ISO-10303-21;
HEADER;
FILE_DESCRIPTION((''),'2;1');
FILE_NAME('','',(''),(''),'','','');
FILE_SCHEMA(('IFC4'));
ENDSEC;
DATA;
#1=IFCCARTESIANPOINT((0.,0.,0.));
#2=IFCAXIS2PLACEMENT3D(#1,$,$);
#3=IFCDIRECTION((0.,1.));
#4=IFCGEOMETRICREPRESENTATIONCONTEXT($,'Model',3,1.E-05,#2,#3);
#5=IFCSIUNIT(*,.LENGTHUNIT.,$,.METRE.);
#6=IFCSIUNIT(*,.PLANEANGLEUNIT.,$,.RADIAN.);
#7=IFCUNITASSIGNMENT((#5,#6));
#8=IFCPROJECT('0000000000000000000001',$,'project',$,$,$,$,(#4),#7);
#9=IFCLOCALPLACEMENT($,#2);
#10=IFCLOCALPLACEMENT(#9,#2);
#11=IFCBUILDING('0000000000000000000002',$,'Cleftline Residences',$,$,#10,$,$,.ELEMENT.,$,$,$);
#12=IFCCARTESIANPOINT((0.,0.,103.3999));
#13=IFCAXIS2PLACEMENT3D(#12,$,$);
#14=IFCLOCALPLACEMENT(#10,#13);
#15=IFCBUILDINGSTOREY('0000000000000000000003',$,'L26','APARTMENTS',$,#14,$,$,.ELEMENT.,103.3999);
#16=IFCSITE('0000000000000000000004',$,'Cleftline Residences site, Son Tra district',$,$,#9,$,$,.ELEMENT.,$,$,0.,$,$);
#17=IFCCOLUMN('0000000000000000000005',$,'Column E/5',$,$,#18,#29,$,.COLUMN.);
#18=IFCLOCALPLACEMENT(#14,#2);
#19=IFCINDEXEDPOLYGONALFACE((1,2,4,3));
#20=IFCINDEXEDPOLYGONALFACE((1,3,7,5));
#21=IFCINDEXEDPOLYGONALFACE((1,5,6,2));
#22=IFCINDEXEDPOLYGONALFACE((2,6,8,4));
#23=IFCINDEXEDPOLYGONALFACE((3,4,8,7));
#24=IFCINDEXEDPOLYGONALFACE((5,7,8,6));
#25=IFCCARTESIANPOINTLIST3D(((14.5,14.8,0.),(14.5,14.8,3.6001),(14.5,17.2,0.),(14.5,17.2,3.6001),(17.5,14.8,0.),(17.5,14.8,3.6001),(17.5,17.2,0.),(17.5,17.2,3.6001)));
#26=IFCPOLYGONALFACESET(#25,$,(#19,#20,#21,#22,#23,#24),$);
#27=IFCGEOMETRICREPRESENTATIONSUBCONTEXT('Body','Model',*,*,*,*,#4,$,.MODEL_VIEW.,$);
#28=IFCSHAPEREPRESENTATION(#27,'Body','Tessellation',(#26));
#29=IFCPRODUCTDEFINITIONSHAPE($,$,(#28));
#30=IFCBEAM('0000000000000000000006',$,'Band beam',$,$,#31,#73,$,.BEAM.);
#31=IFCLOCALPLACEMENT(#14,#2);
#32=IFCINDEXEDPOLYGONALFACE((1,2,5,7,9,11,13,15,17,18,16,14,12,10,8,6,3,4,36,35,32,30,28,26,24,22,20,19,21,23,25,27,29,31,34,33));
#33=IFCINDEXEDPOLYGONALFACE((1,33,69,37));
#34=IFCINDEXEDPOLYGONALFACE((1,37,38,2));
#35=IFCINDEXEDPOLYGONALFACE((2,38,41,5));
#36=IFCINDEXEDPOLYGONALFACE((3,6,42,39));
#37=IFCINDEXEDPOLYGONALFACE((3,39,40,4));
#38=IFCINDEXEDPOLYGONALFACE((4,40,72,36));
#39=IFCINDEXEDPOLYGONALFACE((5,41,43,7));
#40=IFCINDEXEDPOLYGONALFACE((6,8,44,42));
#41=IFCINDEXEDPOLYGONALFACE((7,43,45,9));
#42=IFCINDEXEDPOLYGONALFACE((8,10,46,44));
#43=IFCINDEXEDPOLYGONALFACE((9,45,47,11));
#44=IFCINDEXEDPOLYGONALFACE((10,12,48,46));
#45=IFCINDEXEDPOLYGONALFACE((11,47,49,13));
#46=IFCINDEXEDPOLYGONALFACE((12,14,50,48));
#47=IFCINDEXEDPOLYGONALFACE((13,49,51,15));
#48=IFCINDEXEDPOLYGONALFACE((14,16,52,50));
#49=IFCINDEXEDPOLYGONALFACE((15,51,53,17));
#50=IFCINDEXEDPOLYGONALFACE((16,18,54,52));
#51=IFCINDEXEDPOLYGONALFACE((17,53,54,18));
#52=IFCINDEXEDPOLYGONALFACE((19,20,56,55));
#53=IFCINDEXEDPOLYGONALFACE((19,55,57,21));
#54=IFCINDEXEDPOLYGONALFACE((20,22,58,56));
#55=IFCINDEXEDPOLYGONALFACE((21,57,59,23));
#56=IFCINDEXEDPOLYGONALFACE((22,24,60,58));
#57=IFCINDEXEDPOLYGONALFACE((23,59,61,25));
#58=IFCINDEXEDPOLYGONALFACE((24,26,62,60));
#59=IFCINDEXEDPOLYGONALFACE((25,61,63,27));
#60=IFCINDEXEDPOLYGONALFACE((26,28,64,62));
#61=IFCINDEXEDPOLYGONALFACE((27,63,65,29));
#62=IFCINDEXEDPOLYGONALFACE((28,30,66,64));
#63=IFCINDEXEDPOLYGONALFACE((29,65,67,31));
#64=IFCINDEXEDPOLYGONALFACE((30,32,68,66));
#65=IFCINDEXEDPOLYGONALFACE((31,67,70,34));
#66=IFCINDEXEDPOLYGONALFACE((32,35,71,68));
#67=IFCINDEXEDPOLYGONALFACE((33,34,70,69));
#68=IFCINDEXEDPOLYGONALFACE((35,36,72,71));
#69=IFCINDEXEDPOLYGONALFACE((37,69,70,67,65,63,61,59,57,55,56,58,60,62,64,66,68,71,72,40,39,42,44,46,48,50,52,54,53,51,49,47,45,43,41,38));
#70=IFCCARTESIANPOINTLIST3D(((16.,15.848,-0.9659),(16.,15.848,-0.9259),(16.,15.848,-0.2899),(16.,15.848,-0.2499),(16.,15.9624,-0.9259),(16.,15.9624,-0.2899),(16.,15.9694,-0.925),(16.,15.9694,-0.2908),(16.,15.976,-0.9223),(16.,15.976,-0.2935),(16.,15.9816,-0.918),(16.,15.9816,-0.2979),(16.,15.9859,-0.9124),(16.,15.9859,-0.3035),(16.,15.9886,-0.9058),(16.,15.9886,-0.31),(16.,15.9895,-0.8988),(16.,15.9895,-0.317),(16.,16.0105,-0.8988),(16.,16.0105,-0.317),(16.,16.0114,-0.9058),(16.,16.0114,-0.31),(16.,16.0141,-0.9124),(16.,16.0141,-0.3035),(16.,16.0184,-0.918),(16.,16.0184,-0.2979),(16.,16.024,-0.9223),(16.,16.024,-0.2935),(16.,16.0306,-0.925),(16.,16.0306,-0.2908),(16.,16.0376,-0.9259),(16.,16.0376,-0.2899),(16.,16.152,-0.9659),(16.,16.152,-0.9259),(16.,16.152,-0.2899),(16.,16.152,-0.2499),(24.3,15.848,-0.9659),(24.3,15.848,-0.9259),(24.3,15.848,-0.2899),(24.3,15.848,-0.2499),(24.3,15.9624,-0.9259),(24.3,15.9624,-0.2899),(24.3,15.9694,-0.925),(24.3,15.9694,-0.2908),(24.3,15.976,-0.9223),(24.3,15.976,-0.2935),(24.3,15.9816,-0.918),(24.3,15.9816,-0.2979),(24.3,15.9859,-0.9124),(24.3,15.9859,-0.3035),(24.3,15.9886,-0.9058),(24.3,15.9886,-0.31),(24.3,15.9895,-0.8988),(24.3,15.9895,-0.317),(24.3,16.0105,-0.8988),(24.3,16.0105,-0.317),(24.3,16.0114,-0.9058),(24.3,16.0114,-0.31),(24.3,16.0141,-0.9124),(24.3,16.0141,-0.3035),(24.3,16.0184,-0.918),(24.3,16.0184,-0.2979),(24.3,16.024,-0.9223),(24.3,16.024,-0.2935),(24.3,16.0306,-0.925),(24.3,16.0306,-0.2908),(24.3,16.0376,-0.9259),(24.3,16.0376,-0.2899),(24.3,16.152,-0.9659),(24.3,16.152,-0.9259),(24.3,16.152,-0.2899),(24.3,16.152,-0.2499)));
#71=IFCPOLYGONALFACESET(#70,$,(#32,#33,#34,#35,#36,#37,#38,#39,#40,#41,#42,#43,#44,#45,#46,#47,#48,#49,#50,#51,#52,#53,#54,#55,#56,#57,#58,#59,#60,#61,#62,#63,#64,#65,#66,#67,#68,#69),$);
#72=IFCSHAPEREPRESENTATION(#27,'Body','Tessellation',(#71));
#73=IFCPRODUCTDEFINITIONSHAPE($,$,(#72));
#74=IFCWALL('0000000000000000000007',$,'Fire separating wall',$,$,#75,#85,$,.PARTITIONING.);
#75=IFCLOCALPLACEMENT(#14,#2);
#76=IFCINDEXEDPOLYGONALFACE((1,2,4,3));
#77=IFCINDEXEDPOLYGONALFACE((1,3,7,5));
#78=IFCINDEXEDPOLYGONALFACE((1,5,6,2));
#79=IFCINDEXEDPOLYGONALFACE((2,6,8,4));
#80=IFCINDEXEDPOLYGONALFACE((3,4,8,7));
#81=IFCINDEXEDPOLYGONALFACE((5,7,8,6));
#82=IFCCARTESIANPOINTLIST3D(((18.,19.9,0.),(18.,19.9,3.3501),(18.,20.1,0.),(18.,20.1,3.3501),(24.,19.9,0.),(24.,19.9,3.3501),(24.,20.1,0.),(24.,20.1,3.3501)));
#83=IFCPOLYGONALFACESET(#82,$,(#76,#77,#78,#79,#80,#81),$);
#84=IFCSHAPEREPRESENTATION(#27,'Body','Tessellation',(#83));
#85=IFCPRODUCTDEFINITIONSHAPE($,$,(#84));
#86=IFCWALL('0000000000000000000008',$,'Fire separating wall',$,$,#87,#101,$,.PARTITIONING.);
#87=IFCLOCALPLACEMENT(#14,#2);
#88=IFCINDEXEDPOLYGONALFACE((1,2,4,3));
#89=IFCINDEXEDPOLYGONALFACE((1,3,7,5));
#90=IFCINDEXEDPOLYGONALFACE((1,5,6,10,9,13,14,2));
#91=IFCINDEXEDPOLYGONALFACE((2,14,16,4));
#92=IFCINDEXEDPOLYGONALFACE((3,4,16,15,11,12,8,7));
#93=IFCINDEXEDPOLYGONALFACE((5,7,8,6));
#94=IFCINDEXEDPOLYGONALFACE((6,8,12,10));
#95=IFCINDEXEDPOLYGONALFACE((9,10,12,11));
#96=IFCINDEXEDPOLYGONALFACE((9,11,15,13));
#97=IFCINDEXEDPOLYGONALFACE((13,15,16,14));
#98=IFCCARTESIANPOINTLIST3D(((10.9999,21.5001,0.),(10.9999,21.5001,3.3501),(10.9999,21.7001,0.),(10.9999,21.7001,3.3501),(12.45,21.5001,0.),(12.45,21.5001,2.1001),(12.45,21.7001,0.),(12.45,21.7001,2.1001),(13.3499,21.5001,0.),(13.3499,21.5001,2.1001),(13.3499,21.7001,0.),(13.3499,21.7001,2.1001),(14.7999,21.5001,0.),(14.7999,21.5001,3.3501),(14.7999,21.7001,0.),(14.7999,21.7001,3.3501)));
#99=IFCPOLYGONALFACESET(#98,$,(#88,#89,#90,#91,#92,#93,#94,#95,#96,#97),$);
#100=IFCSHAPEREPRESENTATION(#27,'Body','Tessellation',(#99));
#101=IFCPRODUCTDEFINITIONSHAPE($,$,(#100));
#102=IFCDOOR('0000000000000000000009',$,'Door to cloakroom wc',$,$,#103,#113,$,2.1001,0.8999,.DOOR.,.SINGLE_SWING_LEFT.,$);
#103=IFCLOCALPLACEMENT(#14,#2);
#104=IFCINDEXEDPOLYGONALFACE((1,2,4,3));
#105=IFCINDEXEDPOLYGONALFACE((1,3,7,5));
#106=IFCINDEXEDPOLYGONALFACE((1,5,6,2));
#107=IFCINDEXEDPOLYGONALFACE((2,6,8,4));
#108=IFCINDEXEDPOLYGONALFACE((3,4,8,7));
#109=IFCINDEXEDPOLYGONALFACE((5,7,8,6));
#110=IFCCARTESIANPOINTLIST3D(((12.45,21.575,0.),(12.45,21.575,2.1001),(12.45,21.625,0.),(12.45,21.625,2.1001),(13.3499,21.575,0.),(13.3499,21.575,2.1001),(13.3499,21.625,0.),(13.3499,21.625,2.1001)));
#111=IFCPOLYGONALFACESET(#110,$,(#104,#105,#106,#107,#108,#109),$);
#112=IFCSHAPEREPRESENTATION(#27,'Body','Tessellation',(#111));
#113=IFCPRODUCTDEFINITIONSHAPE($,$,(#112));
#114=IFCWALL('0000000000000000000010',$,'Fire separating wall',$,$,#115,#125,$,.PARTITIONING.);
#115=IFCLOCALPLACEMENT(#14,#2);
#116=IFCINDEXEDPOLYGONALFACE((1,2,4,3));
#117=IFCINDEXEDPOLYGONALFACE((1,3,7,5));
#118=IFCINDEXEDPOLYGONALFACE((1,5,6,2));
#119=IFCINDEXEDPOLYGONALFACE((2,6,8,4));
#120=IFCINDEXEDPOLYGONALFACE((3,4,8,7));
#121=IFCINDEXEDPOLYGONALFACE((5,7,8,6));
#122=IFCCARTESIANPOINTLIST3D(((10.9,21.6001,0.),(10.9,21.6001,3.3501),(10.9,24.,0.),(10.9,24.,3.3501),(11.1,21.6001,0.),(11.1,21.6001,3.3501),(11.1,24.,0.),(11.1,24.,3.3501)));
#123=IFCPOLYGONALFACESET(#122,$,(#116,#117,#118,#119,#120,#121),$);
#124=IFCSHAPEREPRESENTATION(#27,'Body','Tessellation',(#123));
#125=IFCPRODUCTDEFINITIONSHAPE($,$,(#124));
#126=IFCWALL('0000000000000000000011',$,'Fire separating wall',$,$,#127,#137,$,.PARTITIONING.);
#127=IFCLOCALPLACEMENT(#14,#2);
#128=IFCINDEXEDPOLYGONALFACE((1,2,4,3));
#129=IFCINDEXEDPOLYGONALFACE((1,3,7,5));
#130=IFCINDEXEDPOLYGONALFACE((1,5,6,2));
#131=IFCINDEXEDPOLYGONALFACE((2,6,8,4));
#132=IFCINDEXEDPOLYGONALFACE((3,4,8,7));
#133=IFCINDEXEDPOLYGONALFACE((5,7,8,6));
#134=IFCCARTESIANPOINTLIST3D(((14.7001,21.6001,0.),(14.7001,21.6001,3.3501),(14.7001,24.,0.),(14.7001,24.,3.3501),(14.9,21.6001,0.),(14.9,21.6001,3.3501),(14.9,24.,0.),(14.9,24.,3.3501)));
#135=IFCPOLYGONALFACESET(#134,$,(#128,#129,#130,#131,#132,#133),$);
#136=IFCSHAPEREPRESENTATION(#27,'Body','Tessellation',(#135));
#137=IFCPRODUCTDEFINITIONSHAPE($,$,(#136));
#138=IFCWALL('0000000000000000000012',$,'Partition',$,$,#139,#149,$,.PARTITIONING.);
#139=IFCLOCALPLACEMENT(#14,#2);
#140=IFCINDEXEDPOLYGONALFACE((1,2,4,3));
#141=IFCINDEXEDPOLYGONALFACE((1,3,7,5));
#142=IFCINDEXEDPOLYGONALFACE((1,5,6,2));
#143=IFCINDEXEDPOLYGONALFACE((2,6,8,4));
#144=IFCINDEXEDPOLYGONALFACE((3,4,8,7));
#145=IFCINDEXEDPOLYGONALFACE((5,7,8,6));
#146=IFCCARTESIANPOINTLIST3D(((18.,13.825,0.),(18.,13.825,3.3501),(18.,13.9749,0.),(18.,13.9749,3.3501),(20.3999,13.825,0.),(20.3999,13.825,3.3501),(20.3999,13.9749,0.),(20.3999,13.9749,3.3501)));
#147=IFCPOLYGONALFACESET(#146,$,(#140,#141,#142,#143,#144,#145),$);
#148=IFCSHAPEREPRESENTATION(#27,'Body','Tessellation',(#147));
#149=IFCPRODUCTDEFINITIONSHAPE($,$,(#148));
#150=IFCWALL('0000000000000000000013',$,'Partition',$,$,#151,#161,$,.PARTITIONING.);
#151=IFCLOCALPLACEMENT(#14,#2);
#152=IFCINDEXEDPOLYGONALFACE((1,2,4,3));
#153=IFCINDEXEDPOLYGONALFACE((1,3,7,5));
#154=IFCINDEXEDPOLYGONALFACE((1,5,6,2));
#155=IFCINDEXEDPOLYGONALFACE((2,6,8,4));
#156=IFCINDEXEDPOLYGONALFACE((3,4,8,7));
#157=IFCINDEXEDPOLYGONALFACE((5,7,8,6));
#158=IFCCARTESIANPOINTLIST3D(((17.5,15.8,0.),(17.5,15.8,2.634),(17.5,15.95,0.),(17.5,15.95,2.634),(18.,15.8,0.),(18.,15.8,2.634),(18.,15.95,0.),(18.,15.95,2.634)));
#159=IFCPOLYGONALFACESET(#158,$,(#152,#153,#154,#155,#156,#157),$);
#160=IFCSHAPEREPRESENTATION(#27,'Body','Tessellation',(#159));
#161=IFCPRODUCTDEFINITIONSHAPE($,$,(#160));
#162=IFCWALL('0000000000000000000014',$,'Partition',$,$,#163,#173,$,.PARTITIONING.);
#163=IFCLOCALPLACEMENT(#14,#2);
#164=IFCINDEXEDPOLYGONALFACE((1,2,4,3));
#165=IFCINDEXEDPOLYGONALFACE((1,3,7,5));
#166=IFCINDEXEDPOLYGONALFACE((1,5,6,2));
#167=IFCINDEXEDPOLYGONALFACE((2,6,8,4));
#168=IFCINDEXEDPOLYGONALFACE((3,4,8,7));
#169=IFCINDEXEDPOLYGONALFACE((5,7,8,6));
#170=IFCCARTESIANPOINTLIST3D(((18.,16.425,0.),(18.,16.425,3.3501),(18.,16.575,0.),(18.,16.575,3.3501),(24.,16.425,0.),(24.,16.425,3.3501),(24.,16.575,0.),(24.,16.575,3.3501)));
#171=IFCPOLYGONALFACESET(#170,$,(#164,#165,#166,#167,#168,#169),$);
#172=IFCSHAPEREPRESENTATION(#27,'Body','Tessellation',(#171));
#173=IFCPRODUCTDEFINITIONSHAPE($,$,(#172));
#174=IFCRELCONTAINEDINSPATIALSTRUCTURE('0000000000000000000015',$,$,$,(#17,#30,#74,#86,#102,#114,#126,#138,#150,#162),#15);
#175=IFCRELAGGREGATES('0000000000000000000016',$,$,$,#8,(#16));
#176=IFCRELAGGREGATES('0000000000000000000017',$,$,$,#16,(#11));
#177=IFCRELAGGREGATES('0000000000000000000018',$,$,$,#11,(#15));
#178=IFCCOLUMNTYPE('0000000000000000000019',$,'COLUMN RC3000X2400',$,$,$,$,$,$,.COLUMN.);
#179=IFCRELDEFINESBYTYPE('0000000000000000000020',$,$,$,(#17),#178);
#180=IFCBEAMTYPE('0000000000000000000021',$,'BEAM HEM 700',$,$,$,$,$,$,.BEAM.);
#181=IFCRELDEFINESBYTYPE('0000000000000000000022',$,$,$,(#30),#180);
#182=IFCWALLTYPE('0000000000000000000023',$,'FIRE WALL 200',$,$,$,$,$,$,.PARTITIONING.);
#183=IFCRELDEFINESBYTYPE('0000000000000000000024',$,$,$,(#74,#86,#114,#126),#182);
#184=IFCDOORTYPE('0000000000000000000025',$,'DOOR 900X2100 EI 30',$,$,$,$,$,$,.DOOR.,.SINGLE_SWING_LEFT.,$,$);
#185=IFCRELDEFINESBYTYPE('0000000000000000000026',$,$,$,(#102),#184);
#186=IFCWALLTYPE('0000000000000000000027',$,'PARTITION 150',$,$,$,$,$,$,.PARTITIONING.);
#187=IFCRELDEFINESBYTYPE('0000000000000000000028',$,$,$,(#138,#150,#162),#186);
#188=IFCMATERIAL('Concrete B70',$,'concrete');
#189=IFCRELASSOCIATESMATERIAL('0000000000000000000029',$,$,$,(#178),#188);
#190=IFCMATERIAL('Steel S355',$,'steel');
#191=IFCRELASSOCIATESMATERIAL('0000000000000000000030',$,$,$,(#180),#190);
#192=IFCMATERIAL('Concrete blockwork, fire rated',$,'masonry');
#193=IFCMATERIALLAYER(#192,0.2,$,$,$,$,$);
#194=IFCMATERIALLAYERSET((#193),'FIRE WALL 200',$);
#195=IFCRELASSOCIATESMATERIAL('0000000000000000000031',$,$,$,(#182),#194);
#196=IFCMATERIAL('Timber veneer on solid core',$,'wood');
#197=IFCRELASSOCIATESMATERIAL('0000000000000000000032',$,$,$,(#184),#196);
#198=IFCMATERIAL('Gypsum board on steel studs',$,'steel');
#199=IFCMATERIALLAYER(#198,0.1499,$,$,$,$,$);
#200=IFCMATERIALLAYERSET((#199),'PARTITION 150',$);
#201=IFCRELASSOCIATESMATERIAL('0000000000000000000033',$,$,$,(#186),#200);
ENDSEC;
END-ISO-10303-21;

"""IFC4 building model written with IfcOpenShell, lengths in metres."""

from ifc_helpers import new_model, si_unit, direction, frame, frame_2d, origin, origin_2d, place, context, subcontext, project, spatial, rectangle, i_section, extrude, material, layer, layer_set, material_profile, profile_set, type_object, element, fill, save


model = new_model("IFC4")

# Units and contexts
model_context = context("Model", 3, precision=1e-05, world=origin(), true_north=direction((0.0, 1.0)))
body_context = subcontext(model_context, "Body", "Model", "MODEL_VIEW")
ifc_project = project(units=[si_unit("LENGTHUNIT", "METRE"), si_unit("PLANEANGLEUNIT", "RADIAN")], contexts=[model_context])

# Site, building, storey
site_placement = place(None, origin())
site = spatial("IfcSite", under=ifc_project, at=site_placement, Name="Cleftline Residences site, Son Tra district", CompositionType="ELEMENT", RefElevation=0.0)
building_placement = place(site_placement, origin())
building = spatial("IfcBuilding", under=site, at=building_placement, Name="Cleftline Residences", CompositionType="ELEMENT")
storey_placement = place(building_placement, frame((0.0, 0.0, 103.3999)))
storey = spatial("IfcBuildingStorey", under=building, at=storey_placement, Name="L26", Description="APARTMENTS", CompositionType="ELEMENT", Elevation=103.3999)

# Column
ifc_material_1 = material(Name="Concrete B70", Category="concrete")
ifc_material_profile_1 = material_profile(ifc_material_1, rectangle(XDim=3.0, YDim=2.3999, at=origin_2d()))
ifc_profile_set_1 = profile_set([ifc_material_profile_1], Name="Concrete B70")
column_type = type_object("IfcColumnType", Name="COLUMN RC3000X2400", PredefinedType="COLUMN", material=ifc_profile_set_1)
column_placement = place(storey_placement, frame((16.0, 16.0, 0.0), z_axis=(0.0, 0.0, 1.0), x_axis=(1.0, 0.0, 0.0)))
element("IfcColumn", 1, at=column_placement, inside=storey, type_object=column_type, Name="Column E/5", PredefinedType="COLUMN", context=body_context, shape_type="SweptSolid", body=[
    extrude(rectangle(XDim=3.0, YDim=2.3999, at=origin_2d()), origin(), (0.0, 0.0, 1.0), 3.6001),
])

# Beam
ifc_material_2 = material(Name="Steel S355", Category="steel")
ifc_material_profile_2 = material_profile(ifc_material_2, i_section(OverallWidth=0.304, OverallDepth=0.7161, WebThickness=0.021, FlangeThickness=0.04, FilletRadius=0.0271, at=origin_2d()))
ifc_profile_set_2 = profile_set([ifc_material_profile_2], Name="Steel S355")
beam_type = type_object("IfcBeamType", Name="BEAM HEM 700", PredefinedType="BEAM", material=ifc_profile_set_2)
beam_placement = place(storey_placement, frame((16.0, 16.0, -0.6079), z_axis=(1.0, 0.0, 0.0), x_axis=(0.0, 1.0, 0.0)))
element("IfcBeam", 2, at=beam_placement, inside=storey, type_object=beam_type, Name="Band beam", PredefinedType="BEAM", context=body_context, shape_type="SweptSolid", body=[
    extrude(i_section(OverallWidth=0.304, OverallDepth=0.7161, WebThickness=0.021, FlangeThickness=0.04, FilletRadius=0.0271, at=origin_2d()), origin(), (0.0, 0.0, 1.0), 8.3),
])

# Wall
ifc_material_3 = material(Name="Concrete blockwork, fire rated", Category="masonry")
ifc_layer_1 = layer(ifc_material_3, 0.2)
ifc_layer_set_1 = layer_set([ifc_layer_1], Name="FIRE WALL 200")
wall_type_1 = type_object("IfcWallType", Name="FIRE WALL 200", PredefinedType="PARTITIONING", material=ifc_layer_set_1)
wall_1_placement = place(storey_placement, frame((18.0, 20.0, 0.0), z_axis=(0.0, 0.0, 1.0), x_axis=(1.0, 0.0, 0.0)))
element("IfcWall", 3, at=wall_1_placement, inside=storey, type_object=wall_type_1, Name="Fire separating wall", PredefinedType="PARTITIONING", context=body_context, shape_type="SweptSolid", body=[
    extrude(rectangle(XDim=6.0, YDim=0.2, at=frame_2d((3.0, 0.0))), origin(), (0.0, 0.0, 1.0), 3.3501),
])

# Wall, opening, door
wall_2_placement = place(storey_placement, frame((11.0, 21.6001, 0.0), z_axis=(0.0, 0.0, 1.0), x_axis=(1.0, 0.0, 0.0)))
wall_2 = element("IfcWall", 4, at=wall_2_placement, inside=storey, type_object=wall_type_1, Name="Fire separating wall", PredefinedType="PARTITIONING", context=body_context, shape_type="SweptSolid", body=[
    extrude(rectangle(XDim=3.8, YDim=0.2, at=frame_2d((1.8999, 0.0))), origin(), (0.0, 0.0, 1.0), 3.3501),
])
opening_1_placement = place(wall_2_placement, frame((1.45, 0.0, 0.0)))
opening_1 = element("IfcOpeningElement", 5, at=opening_1_placement, cuts=wall_2, PredefinedType="OPENING", context=body_context, shape_type="SweptSolid", body=[
    extrude(rectangle(XDim=0.8999, YDim=2.1001, at=frame_2d((0.45, 1.05))), frame((0.0, 0.1099, 0.0), z_axis=(0.0, -1.0, 0.0), x_axis=(1.0, 0.0, 0.0)), (0.0, 0.0, 1.0), 0.22),
])
ifc_material_4 = material(Name="Timber veneer on solid core", Category="wood")
door_type_1 = type_object("IfcDoorType", Name="DOOR 900X2100 EI 30", OperationType="SINGLE_SWING_LEFT", PredefinedType="DOOR", material=ifc_material_4)
door_1_placement = place(opening_1_placement, origin())
door_1 = element("IfcDoor", 6, at=door_1_placement, inside=storey, type_object=door_type_1, Name="Door to cloakroom wc", OperationType="SINGLE_SWING_LEFT", OverallHeight=2.1001, OverallWidth=0.8999, PredefinedType="DOOR", context=body_context, shape_type="SweptSolid", body=[
    extrude(rectangle(XDim=0.8999, YDim=2.1001, at=frame_2d((0.45, 1.05))), frame((0.0, 0.0249, 0.0), z_axis=(0.0, -1.0, 0.0), x_axis=(1.0, 0.0, 0.0)), (0.0, 0.0, 1.0), 0.05),
])
fill(opening_1, door_1)

# Walls
for number, where, z_axis, x_axis, name in (
    (7, (11.0, 21.6001, 0.0), (0.0, 0.0, 1.0), (0.0, 1.0, 0.0), "Fire separating wall"),
    (8, (14.8, 21.6001, 0.0), (0.0, 0.0, 1.0), (0.0, 1.0, 0.0), "Fire separating wall"),
):
    element("IfcWall", number, at=place(storey_placement, frame(where, z_axis=z_axis, x_axis=x_axis)), inside=storey, type_object=wall_type_1, Name=name, PredefinedType="PARTITIONING", context=body_context, shape_type="SweptSolid", body=[
        extrude(rectangle(XDim=2.3999, YDim=0.2, at=frame_2d((1.2, 0.0))), origin(), (0.0, 0.0, 1.0), 3.3501),
    ])

# Walls
ifc_material_5 = material(Name="Gypsum board on steel studs", Category="steel")
ifc_layer_2 = layer(ifc_material_5, 0.1499)
ifc_layer_set_2 = layer_set([ifc_layer_2], Name="PARTITION 150")
wall_type_2 = type_object("IfcWallType", Name="PARTITION 150", PredefinedType="PARTITIONING", material=ifc_layer_set_2)
wall_3_placement = place(storey_placement, frame((18.0, 13.8999, 0.0), z_axis=(0.0, 0.0, 1.0), x_axis=(1.0, 0.0, 0.0)))
element("IfcWall", 9, at=wall_3_placement, inside=storey, type_object=wall_type_2, Name="Partition", PredefinedType="PARTITIONING", context=body_context, shape_type="SweptSolid", body=[
    extrude(rectangle(XDim=2.3999, YDim=0.1499, at=frame_2d((1.2, 0.0))), origin(), (0.0, 0.0, 1.0), 3.3501),
])
wall_4_placement = place(storey_placement, frame((17.5, 15.875, 0.0), z_axis=(0.0, 0.0, 1.0), x_axis=(1.0, 0.0, 0.0)))
element("IfcWall", 10, at=wall_4_placement, inside=storey, type_object=wall_type_2, Name="Partition", PredefinedType="PARTITIONING", context=body_context, shape_type="SweptSolid", body=[
    extrude(rectangle(XDim=0.5, YDim=0.1499, at=frame_2d((0.25, 0.0))), origin(), (0.0, 0.0, 1.0), 2.634),
])
wall_5_placement = place(storey_placement, frame((18.0, 16.5, 0.0), z_axis=(0.0, 0.0, 1.0), x_axis=(1.0, 0.0, 0.0)))
element("IfcWall", 11, at=wall_5_placement, inside=storey, type_object=wall_type_2, Name="Partition", PredefinedType="PARTITIONING", context=body_context, shape_type="SweptSolid", body=[
    extrude(rectangle(XDim=6.0, YDim=0.1499, at=frame_2d((3.0, 0.0))), origin(), (0.0, 0.0, 1.0), 3.3501),
])

save(model, "model.ifc")
